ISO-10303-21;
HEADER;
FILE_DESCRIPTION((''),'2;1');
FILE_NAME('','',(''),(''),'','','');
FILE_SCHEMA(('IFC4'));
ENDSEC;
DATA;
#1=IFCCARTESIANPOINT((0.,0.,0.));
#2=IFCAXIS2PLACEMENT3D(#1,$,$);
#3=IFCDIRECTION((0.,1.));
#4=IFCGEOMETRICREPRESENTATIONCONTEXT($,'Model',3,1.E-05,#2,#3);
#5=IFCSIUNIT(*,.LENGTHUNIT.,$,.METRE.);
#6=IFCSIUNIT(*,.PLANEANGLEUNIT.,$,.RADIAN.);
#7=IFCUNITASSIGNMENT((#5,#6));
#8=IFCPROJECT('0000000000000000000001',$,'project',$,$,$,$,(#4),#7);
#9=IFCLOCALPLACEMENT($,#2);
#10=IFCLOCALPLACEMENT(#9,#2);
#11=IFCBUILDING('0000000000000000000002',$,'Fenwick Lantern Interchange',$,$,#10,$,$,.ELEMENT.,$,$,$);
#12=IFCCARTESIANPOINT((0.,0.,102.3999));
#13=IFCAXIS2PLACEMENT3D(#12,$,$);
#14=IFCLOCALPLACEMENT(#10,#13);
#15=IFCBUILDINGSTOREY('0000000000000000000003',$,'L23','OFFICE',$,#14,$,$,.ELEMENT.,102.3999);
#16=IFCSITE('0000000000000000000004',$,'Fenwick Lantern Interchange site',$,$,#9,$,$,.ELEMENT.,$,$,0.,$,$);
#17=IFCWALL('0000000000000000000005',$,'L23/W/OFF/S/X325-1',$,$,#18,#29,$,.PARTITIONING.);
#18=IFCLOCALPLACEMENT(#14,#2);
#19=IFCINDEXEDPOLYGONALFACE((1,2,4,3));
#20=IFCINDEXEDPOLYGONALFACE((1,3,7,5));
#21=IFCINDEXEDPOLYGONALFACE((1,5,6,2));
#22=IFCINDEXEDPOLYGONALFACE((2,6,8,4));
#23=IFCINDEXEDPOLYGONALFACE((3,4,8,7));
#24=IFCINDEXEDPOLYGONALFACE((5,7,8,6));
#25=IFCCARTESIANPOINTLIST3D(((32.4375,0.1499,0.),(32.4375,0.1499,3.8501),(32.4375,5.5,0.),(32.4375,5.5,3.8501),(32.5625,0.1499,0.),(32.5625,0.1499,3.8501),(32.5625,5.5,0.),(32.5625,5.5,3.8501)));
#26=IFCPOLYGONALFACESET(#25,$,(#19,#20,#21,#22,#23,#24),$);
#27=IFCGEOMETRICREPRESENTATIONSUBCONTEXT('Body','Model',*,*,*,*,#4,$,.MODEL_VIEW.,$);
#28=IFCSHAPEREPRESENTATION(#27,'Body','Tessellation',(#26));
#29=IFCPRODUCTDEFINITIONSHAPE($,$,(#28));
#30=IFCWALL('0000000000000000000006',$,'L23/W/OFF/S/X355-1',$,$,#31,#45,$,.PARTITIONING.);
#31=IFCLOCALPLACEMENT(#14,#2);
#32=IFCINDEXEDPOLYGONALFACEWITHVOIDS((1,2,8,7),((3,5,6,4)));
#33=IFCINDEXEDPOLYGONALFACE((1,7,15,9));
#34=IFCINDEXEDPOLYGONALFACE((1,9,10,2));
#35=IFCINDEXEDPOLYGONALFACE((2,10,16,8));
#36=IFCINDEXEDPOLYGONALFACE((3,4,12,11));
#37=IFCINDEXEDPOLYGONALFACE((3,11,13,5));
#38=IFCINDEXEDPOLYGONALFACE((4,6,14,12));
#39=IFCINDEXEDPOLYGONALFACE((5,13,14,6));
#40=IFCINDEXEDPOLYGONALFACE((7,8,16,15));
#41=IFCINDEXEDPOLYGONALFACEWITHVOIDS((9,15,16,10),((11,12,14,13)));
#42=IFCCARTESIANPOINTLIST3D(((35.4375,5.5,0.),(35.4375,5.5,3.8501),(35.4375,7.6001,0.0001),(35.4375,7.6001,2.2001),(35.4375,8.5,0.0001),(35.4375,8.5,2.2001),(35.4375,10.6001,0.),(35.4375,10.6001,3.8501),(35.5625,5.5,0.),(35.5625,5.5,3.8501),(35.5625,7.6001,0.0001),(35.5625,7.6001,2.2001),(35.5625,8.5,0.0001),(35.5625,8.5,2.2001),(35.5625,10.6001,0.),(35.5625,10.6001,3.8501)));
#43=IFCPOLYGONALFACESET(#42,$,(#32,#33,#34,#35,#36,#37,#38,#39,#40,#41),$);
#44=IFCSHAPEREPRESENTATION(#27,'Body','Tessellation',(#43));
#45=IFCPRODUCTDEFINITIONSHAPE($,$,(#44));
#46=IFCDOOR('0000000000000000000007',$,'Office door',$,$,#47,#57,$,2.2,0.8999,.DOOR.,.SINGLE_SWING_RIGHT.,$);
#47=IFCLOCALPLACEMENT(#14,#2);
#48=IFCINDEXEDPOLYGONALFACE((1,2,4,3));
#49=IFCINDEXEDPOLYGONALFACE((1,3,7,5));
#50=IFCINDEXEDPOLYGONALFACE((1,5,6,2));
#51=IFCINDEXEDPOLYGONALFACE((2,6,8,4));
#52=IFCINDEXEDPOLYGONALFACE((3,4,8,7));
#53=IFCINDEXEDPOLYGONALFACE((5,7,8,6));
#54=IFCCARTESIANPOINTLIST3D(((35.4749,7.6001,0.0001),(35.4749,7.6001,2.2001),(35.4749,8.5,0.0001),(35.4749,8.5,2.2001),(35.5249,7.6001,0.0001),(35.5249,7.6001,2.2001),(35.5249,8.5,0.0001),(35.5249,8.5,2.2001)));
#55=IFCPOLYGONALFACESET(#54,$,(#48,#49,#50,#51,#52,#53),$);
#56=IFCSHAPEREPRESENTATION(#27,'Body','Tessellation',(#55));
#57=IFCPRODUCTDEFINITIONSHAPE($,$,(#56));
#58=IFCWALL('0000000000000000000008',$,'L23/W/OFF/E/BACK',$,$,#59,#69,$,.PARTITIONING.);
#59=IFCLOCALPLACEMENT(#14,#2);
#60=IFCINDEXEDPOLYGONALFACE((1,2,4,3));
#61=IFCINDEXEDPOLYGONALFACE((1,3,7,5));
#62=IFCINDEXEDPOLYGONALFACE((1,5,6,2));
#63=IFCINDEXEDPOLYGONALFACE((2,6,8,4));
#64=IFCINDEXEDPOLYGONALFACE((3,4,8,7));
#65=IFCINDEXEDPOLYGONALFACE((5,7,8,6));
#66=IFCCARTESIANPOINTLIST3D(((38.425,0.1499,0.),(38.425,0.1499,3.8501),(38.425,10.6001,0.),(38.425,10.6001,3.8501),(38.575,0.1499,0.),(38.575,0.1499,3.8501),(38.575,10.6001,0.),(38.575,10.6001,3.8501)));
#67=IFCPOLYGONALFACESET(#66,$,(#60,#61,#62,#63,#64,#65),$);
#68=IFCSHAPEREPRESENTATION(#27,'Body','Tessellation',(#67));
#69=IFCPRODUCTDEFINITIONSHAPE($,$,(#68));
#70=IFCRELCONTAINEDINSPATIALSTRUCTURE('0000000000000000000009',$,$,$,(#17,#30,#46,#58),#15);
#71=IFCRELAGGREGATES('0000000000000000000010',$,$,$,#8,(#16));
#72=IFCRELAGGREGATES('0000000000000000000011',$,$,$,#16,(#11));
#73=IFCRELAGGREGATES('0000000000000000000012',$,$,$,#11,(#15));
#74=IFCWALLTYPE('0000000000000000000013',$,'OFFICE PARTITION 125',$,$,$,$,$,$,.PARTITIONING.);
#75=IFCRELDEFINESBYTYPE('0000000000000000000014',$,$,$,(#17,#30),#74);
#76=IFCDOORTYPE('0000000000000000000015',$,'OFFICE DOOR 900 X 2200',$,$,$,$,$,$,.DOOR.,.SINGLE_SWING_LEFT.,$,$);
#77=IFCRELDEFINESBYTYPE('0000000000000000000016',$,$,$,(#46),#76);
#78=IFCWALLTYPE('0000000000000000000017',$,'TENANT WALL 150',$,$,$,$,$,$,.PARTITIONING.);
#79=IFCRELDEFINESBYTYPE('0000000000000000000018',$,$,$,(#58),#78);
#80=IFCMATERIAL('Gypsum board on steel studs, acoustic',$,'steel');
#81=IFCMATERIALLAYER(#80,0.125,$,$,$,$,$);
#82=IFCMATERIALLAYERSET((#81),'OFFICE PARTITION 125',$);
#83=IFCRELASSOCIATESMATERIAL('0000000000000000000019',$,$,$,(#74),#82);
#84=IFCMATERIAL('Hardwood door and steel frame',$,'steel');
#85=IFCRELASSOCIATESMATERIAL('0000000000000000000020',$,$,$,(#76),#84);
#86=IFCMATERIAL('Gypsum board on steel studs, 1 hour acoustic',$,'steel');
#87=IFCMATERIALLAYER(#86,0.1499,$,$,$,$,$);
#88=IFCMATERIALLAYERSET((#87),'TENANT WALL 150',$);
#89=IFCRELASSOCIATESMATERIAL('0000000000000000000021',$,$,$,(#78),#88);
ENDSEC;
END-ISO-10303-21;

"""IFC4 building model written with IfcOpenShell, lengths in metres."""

from ifc_helpers import new_model, si_unit, direction, frame, frame_2d, origin, place, context, subcontext, project, spatial, rectangle, extrude, material, layer, layer_set, type_object, element, fill, save


model = new_model("IFC4")

# Units and contexts
model_context = context("Model", 3, precision=1e-05, world=origin(), true_north=direction((0.0, 1.0)))
body_context = subcontext(model_context, "Body", "Model", "MODEL_VIEW")
ifc_project = project(units=[si_unit("LENGTHUNIT", "METRE"), si_unit("PLANEANGLEUNIT", "RADIAN")], contexts=[model_context])

# Site, building, storey
site_placement = place(None, origin())
site = spatial("IfcSite", under=ifc_project, at=site_placement, Name="Fenwick Lantern Interchange site", CompositionType="ELEMENT", RefElevation=0.0)
building_placement = place(site_placement, origin())
building = spatial("IfcBuilding", under=site, at=building_placement, Name="Fenwick Lantern Interchange", CompositionType="ELEMENT")
storey_placement = place(building_placement, frame((0.0, 0.0, 102.3999)))
storey = spatial("IfcBuildingStorey", under=building, at=storey_placement, Name="L23", Description="OFFICE", CompositionType="ELEMENT", Elevation=102.3999)

# Wall
ifc_material_1 = material(Name="Gypsum board on steel studs, acoustic", Category="steel")
ifc_layer_1 = layer(ifc_material_1, 0.125)
ifc_layer_set_1 = layer_set([ifc_layer_1], Name="OFFICE PARTITION 125")
wall_type_1 = type_object("IfcWallType", Name="OFFICE PARTITION 125", PredefinedType="PARTITIONING", material=ifc_layer_set_1)
for number, where, z_axis, x_axis, name in (
    (1, (32.5, 0.1499, 0.0), (0.0, 0.0, 1.0), (0.0, 1.0, 0.0), "L23/W/OFF/S/X325-1"),
):
    element("IfcWall", number, at=place(storey_placement, frame(where, z_axis=z_axis, x_axis=x_axis)), inside=storey, type_object=wall_type_1, Name=name, PredefinedType="PARTITIONING", context=body_context, shape_type="SweptSolid", body=[
        extrude(rectangle(XDim=5.3501, YDim=0.125, at=frame_2d((2.675, 0.0))), origin(), (0.0, 0.0, 1.0), 3.8501),
    ])

# Wall, opening, door
wall_1_placement = place(storey_placement, frame((35.5, 5.5, 0.0), z_axis=(0.0, 0.0, 1.0), x_axis=(0.0, 1.0, 0.0)))
wall_1 = element("IfcWall", 2, at=wall_1_placement, inside=storey, type_object=wall_type_1, Name="L23/W/OFF/S/X355-1", PredefinedType="PARTITIONING", context=body_context, shape_type="SweptSolid", body=[
    extrude(rectangle(XDim=5.1001, YDim=0.125, at=frame_2d((2.55, 0.0))), origin(), (0.0, 0.0, 1.0), 3.8501),
])
opening_placement = place(wall_1_placement, frame((2.1001, 0.0, 0.0)))
opening = element("IfcOpeningElement", 3, at=opening_placement, cuts=wall_1, PredefinedType="OPENING", context=body_context, shape_type="SweptSolid", body=[
    extrude(rectangle(XDim=0.8999, YDim=2.2, at=frame_2d((0.45, 1.1001))), frame((0.0, 0.0725, 0.0), z_axis=(0.0, -1.0, 0.0), x_axis=(1.0, 0.0, 0.0)), (0.0, 0.0, 1.0), 0.145),
])
ifc_material_2 = material(Name="Hardwood door and steel frame", Category="steel")
door_type = type_object("IfcDoorType", Name="OFFICE DOOR 900 X 2200", OperationType="SINGLE_SWING_LEFT", PredefinedType="DOOR", material=ifc_material_2)
door_placement = place(opening_placement, frame((0.8999, 0.0, 0.0), z_axis=(0.0, 0.0, 1.0), x_axis=(-1.0, 0.0, 0.0)))
door = element("IfcDoor", 4, at=door_placement, inside=storey, type_object=door_type, Name="Office door", OperationType="SINGLE_SWING_RIGHT", OverallHeight=2.2, OverallWidth=0.8999, PredefinedType="DOOR", context=body_context, shape_type="SweptSolid", body=[
    extrude(rectangle(XDim=0.8999, YDim=2.2, at=frame_2d((0.45, 1.1001))), frame((0.0, 0.0249, 0.0), z_axis=(0.0, -1.0, 0.0), x_axis=(1.0, 0.0, 0.0)), (0.0, 0.0, 1.0), 0.05),
])
fill(opening, door)

# Wall
ifc_material_3 = material(Name="Gypsum board on steel studs, 1 hour acoustic", Category="steel")
ifc_layer_2 = layer(ifc_material_3, 0.1499)
ifc_layer_set_2 = layer_set([ifc_layer_2], Name="TENANT WALL 150")
wall_type_2 = type_object("IfcWallType", Name="TENANT WALL 150", PredefinedType="PARTITIONING", material=ifc_layer_set_2)
wall_2_placement = place(storey_placement, frame((38.5, 0.1499, 0.0), z_axis=(0.0, 0.0, 1.0), x_axis=(0.0, 1.0, 0.0)))
element("IfcWall", 5, at=wall_2_placement, inside=storey, type_object=wall_type_2, Name="L23/W/OFF/E/BACK", PredefinedType="PARTITIONING", context=body_context, shape_type="SweptSolid", body=[
    extrude(rectangle(XDim=10.4502, YDim=0.1499, at=frame_2d((5.2251, 0.0))), origin(), (0.0, 0.0, 1.0), 3.8501),
])

save(model, "model.ifc")
